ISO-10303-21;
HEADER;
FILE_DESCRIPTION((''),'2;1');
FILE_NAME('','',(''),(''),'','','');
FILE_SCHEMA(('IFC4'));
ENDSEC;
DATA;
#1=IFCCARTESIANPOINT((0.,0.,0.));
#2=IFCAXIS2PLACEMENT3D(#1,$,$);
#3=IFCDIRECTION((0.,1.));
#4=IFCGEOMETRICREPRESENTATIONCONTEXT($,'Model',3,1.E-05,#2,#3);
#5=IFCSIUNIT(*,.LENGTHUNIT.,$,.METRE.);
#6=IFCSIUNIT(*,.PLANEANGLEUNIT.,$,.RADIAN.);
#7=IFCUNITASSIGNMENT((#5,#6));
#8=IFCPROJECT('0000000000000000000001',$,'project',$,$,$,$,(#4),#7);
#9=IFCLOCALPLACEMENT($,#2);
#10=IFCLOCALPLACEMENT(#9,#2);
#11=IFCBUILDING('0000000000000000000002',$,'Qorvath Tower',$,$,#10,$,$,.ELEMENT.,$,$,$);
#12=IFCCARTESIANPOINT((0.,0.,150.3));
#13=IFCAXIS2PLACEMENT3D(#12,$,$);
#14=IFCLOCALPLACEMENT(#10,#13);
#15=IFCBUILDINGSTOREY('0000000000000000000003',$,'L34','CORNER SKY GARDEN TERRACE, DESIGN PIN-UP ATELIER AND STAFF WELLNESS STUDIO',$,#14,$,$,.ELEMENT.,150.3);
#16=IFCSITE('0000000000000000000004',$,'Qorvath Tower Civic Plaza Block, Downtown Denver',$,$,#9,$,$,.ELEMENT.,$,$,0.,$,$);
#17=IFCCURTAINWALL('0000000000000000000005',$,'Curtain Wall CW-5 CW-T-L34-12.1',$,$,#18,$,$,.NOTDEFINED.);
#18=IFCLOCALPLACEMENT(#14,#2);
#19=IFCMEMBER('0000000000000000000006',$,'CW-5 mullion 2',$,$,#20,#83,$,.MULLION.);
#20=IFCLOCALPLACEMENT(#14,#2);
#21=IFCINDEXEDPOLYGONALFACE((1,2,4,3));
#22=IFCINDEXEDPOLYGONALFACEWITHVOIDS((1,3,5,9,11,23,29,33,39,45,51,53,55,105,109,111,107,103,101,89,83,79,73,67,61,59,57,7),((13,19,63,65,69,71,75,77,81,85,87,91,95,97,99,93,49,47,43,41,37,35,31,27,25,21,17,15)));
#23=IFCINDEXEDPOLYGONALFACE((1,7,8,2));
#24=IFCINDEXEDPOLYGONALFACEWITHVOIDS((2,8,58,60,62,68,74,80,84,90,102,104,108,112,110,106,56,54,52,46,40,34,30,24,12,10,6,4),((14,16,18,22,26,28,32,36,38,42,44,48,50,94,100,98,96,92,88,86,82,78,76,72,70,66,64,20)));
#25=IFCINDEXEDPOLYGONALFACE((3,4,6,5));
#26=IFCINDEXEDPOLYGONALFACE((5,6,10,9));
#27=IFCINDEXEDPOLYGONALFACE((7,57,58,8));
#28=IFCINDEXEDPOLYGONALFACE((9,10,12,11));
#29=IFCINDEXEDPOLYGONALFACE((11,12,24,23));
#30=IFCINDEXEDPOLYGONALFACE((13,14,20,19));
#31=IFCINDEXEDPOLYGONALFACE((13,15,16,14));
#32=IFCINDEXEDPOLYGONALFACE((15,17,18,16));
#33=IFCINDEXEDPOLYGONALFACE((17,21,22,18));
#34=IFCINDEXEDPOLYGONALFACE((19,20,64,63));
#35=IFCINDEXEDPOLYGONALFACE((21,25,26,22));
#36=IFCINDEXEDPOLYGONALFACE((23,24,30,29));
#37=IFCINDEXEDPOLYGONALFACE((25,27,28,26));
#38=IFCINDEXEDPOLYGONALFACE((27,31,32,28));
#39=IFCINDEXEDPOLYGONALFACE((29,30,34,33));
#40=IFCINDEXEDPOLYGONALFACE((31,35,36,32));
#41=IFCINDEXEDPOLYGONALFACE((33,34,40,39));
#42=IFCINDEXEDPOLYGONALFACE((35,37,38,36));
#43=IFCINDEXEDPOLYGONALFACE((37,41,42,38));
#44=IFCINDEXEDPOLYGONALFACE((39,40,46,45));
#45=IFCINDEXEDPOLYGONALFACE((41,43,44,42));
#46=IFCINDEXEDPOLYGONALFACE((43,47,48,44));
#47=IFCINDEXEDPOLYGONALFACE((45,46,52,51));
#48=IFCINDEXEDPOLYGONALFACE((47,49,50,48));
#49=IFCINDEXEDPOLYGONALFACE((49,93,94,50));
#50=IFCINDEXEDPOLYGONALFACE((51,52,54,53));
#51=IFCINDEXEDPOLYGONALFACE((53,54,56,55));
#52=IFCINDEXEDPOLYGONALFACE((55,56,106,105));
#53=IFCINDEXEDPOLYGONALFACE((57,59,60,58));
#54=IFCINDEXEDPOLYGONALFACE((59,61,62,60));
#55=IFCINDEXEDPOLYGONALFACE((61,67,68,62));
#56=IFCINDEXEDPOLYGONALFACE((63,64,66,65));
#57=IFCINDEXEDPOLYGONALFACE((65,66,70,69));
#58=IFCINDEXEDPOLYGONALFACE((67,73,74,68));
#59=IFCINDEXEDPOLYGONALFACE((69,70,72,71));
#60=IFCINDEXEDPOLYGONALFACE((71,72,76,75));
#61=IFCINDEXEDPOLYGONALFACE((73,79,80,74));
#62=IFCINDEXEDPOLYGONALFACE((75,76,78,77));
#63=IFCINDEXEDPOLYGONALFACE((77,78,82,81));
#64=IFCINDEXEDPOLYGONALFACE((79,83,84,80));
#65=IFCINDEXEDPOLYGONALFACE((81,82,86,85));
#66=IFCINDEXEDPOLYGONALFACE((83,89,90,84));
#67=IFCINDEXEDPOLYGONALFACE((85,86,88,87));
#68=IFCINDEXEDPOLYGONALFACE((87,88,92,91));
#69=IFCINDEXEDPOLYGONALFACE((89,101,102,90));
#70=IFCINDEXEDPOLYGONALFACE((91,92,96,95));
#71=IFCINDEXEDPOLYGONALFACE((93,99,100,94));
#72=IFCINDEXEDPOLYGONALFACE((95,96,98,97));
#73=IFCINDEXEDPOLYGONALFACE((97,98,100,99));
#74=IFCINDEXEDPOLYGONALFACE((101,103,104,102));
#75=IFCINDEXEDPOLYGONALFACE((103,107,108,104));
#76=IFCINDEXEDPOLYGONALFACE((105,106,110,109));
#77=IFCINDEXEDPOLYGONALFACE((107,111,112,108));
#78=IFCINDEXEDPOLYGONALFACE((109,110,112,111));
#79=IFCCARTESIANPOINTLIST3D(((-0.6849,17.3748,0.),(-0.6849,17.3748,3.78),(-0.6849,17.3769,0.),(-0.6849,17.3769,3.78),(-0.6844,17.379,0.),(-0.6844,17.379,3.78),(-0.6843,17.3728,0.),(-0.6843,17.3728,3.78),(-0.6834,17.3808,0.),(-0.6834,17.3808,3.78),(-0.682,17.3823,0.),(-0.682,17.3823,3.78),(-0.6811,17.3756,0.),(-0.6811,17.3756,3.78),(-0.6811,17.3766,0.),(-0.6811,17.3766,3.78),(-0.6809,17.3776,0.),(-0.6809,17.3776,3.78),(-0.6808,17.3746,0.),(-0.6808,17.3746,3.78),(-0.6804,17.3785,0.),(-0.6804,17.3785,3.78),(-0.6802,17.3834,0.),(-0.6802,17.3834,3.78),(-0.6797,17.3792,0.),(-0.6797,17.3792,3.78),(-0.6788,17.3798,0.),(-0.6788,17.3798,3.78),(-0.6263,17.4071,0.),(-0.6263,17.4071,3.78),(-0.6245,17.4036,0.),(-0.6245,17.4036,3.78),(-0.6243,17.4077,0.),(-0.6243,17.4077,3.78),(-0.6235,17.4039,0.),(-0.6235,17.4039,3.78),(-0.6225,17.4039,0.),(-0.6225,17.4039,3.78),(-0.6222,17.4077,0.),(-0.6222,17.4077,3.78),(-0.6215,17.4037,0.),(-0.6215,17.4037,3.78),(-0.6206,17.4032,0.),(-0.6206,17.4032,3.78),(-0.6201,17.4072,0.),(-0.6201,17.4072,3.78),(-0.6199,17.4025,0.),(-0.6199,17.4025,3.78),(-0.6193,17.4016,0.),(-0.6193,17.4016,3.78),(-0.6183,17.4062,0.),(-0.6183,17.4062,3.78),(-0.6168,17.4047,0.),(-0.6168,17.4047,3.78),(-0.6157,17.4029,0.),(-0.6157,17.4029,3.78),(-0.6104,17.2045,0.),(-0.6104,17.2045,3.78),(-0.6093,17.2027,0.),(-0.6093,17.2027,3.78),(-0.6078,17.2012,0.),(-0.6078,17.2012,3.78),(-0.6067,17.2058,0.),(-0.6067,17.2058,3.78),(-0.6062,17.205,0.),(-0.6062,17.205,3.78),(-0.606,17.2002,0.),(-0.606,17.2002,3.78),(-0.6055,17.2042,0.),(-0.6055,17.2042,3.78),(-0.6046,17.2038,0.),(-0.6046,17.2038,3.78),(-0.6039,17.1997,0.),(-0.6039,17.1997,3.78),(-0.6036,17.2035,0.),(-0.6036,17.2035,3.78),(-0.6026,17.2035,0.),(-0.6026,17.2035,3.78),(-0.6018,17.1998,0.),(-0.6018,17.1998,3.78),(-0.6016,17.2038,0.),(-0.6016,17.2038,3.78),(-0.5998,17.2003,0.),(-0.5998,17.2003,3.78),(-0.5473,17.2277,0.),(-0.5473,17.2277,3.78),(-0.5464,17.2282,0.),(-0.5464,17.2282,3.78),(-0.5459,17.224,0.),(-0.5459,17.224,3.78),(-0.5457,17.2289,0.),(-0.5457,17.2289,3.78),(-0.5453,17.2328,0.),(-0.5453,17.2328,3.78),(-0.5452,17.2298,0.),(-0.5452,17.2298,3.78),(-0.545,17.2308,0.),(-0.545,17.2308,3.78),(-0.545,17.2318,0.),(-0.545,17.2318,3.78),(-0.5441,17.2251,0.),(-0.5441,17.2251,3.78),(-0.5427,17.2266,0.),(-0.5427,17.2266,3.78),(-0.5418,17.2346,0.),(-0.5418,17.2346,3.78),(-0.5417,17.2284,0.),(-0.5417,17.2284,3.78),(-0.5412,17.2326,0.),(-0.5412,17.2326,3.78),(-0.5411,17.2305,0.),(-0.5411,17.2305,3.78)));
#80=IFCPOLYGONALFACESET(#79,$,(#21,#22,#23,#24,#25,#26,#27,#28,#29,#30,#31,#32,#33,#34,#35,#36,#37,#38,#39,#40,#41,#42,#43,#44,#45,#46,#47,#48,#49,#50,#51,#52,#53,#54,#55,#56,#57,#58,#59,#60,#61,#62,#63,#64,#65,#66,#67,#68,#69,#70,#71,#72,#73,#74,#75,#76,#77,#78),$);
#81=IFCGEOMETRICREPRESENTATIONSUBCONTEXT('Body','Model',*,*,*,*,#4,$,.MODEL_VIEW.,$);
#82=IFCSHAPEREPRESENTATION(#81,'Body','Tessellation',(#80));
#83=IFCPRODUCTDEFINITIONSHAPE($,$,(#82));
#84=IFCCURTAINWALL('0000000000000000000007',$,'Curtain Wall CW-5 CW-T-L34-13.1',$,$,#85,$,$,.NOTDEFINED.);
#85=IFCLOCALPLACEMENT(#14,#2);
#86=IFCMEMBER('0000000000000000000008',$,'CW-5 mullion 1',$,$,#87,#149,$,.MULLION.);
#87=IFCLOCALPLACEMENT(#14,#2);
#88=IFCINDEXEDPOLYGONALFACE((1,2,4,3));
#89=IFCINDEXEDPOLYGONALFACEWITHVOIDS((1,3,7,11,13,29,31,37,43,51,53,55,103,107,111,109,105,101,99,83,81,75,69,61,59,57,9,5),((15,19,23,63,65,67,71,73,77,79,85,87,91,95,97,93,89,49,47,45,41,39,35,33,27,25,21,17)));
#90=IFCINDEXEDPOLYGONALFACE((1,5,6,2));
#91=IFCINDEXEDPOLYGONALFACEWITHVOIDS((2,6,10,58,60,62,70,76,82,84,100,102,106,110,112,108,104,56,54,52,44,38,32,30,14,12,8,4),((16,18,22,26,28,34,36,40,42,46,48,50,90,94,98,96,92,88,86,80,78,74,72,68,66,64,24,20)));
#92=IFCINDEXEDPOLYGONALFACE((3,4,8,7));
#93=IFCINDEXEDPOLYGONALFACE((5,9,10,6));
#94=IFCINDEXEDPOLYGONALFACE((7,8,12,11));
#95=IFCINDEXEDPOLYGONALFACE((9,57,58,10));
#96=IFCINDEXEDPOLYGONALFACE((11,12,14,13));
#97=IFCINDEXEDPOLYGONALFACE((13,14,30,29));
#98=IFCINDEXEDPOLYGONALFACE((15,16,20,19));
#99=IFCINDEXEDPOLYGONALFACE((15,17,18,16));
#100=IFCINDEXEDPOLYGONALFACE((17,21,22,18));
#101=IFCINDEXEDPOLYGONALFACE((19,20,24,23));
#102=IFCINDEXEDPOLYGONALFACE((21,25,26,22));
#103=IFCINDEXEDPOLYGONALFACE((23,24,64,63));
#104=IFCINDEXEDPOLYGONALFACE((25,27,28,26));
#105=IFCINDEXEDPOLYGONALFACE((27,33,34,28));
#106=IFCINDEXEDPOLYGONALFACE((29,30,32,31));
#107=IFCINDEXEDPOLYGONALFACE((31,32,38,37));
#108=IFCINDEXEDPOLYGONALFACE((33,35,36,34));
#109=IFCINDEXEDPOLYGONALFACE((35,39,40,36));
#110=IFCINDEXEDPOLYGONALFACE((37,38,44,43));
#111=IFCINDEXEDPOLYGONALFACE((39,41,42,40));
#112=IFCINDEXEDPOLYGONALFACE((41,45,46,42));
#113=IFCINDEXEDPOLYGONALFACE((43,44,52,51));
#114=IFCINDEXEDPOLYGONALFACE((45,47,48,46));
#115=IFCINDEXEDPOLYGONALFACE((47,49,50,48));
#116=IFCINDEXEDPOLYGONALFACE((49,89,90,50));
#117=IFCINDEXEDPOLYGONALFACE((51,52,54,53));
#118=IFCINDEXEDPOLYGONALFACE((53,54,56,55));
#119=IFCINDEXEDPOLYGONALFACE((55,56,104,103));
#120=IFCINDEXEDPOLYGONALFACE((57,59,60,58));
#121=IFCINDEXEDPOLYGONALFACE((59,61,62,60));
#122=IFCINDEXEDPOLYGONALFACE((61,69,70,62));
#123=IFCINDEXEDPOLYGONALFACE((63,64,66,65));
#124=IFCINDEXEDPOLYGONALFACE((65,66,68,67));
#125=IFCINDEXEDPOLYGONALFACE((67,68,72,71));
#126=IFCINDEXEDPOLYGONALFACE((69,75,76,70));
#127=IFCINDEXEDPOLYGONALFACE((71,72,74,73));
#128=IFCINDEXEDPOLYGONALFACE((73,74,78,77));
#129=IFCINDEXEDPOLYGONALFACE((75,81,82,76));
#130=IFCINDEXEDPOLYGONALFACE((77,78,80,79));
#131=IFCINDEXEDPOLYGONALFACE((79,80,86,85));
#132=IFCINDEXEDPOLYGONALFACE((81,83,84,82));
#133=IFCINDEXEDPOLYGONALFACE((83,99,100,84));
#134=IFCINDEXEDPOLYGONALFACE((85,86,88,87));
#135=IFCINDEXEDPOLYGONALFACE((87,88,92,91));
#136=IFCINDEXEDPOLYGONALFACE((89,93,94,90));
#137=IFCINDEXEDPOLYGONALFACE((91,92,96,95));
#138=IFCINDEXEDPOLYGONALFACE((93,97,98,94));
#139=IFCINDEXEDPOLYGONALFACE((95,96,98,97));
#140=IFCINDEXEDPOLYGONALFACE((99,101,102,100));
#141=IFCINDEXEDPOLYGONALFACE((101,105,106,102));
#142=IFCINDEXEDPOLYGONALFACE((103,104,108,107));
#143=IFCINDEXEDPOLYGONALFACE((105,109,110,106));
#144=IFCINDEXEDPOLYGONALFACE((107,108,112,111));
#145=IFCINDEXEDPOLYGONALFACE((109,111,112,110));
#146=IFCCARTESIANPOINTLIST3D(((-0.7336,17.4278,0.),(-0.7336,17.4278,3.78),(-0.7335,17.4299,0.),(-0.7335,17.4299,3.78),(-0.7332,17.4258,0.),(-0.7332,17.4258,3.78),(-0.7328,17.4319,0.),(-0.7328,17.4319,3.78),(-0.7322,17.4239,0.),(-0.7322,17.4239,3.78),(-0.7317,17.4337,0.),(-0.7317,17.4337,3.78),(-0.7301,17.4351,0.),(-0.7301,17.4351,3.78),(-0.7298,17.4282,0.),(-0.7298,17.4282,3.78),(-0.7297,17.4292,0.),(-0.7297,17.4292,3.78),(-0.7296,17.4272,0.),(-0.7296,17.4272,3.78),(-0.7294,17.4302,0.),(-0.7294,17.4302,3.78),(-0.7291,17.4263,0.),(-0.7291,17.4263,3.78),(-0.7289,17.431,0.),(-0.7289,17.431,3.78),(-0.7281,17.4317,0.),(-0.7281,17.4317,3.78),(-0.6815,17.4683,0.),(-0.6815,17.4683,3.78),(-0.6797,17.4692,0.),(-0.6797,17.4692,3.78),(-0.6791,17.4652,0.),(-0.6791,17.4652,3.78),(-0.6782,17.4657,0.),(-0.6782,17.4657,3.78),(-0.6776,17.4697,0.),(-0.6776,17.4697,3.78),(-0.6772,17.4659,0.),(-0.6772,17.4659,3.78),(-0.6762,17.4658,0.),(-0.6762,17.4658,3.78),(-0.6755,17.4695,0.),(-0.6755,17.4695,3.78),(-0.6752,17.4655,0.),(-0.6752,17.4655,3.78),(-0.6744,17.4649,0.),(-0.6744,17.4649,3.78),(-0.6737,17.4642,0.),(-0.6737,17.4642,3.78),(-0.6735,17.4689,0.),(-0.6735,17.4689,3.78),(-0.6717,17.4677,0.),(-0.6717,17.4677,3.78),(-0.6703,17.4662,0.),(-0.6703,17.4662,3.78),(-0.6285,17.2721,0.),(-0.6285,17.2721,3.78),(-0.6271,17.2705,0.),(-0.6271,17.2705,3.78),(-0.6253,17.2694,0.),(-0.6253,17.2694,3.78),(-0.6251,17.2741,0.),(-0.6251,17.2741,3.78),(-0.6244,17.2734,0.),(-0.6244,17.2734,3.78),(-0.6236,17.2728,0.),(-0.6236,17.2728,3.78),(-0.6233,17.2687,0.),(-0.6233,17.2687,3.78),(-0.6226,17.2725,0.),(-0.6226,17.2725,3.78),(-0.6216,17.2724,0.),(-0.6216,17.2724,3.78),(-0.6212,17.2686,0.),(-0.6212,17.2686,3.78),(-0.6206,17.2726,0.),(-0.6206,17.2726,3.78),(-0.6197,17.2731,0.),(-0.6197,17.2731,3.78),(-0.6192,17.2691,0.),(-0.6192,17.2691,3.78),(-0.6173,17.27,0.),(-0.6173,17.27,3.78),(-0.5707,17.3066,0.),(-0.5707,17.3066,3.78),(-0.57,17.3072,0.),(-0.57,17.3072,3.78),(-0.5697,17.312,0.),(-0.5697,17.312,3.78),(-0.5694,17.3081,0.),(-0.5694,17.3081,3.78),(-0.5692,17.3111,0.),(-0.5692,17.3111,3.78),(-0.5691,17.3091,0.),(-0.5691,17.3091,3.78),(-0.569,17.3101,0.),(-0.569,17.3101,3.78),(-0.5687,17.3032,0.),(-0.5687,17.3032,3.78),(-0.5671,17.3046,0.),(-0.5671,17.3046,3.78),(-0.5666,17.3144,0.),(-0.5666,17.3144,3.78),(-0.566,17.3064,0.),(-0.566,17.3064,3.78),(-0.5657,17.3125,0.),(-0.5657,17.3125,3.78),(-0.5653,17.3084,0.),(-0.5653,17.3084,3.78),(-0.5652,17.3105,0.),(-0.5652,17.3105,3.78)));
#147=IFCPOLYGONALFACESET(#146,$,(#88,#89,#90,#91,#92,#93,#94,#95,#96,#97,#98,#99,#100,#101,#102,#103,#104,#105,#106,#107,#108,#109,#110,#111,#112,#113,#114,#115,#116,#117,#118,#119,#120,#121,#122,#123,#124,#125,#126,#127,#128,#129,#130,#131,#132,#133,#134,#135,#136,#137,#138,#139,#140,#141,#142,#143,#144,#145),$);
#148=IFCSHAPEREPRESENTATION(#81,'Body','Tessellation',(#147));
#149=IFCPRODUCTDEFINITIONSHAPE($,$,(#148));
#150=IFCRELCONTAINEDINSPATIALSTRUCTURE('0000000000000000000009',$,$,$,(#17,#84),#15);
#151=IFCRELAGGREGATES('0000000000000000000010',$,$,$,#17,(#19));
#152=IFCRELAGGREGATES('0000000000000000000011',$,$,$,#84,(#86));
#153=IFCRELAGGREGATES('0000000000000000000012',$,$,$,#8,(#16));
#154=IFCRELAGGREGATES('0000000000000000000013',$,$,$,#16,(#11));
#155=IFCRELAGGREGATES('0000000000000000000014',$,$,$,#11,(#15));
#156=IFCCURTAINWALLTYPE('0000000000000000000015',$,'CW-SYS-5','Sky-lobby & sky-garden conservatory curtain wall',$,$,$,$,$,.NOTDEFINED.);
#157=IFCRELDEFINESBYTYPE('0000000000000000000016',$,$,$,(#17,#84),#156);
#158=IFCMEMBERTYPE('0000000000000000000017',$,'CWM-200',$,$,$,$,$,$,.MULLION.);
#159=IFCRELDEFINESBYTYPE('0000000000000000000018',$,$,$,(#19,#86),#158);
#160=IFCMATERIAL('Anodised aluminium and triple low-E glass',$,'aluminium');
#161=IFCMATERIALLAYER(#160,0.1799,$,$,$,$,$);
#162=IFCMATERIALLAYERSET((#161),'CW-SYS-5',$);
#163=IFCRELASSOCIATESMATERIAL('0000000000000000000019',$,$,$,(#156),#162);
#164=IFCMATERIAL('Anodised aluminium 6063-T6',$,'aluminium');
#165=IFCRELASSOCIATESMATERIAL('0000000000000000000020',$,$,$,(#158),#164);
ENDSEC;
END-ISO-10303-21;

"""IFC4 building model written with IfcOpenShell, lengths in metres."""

from ifc_helpers import new_model, si_unit, direction, frame, origin, origin_2d, place, context, subcontext, project, spatial, hollow_rectangle, extrude, material, layer, layer_set, material_profile, profile_set, type_object, element, aggregate, save


model = new_model("IFC4")

# Units and contexts
model_context = context("Model", 3, precision=1e-05, world=origin(), true_north=direction((0.0, 1.0)))
body_context = subcontext(model_context, "Body", "Model", "MODEL_VIEW")
ifc_project = project(units=[si_unit("LENGTHUNIT", "METRE"), si_unit("PLANEANGLEUNIT", "RADIAN")], contexts=[model_context])

# Site, building, storey
site_placement = place(None, origin())
site = spatial("IfcSite", under=ifc_project, at=site_placement, Name="Qorvath Tower Civic Plaza Block, Downtown Denver", CompositionType="ELEMENT", RefElevation=0.0)
building_placement = place(site_placement, origin())
building = spatial("IfcBuilding", under=site, at=building_placement, Name="Qorvath Tower", CompositionType="ELEMENT")
storey_placement = place(building_placement, frame((0.0, 0.0, 150.3)))
storey = spatial("IfcBuildingStorey", under=building, at=storey_placement, Name="L34", Description="CORNER SKY GARDEN TERRACE, DESIGN PIN-UP ATELIER AND STAFF WELLNESS STUDIO", CompositionType="ELEMENT", Elevation=150.3)

# Shared definitions
ifc_material_1 = material(Name="Anodised aluminium and triple low-E glass", Category="aluminium")
ifc_layer_1 = layer(ifc_material_1, 0.1799)
ifc_layer_set_1 = layer_set([ifc_layer_1], Name="CW-SYS-5")
curtain_wall_type = type_object("IfcCurtainWallType", Name="CW-SYS-5", Description="Sky-lobby & sky-garden conservatory curtain wall", PredefinedType="NOTDEFINED", material=ifc_layer_set_1)
ifc_material_2 = material(Name="Anodised aluminium 6063-T6", Category="aluminium")
ifc_material_profile_1 = material_profile(ifc_material_2, hollow_rectangle(XDim=0.075, YDim=0.2, WallThickness=0.0039, InnerFilletRadius=0.0039, OuterFilletRadius=0.0081, at=origin_2d()), Name="CWM 200x75")
ifc_profile_set_1 = profile_set([ifc_material_profile_1], Name="Anodised aluminium 6063-T6")
member_type_1 = type_object("IfcMemberType", Name="CWM-200", PredefinedType="MULLION", material=ifc_profile_set_1)

# Curtain wall, member
curtain_wall_1_placement = place(storey_placement, origin())
curtain_wall_1 = element("IfcCurtainWall", 1, at=curtain_wall_1_placement, inside=storey, type_object=curtain_wall_type, Name="Curtain Wall CW-5 CW-T-L34-12.1", PredefinedType="NOTDEFINED")
member_1_placement = place(storey_placement, frame((-0.613, 17.3037, 0.0), z_axis=(0.0, 0.0, 1.0), x_axis=(-0.915683, -0.401902, 0.0)))
member_1 = element("IfcMember", 2, at=member_1_placement, type_object=member_type_1, Name="CW-5 mullion 2", PredefinedType="MULLION", context=body_context, shape_type="SweptSolid", body=[
    extrude(hollow_rectangle(XDim=0.075, YDim=0.2, WallThickness=0.0039, InnerFilletRadius=0.0039, OuterFilletRadius=0.0081, at=origin_2d()), origin(), (0.0, 0.0, 1.0), 3.78),
])

# Curtain wall, member
curtain_wall_2_placement = place(storey_placement, origin())
curtain_wall_2 = element("IfcCurtainWall", 3, at=curtain_wall_2_placement, inside=storey, type_object=curtain_wall_type, Name="Curtain Wall CW-5 CW-T-L34-13.1", PredefinedType="NOTDEFINED")
member_2_placement = place(storey_placement, frame((-0.6494, 17.3691, 0.0), z_axis=(0.0, 0.0, 1.0), x_axis=(-0.825581, -0.564284, 0.0)))
member_2 = element("IfcMember", 4, at=member_2_placement, type_object=member_type_1, Name="CW-5 mullion 1", PredefinedType="MULLION", context=body_context, shape_type="SweptSolid", body=[
    extrude(hollow_rectangle(XDim=0.075, YDim=0.2, WallThickness=0.0039, InnerFilletRadius=0.0039, OuterFilletRadius=0.0081, at=origin_2d()), origin(), (0.0, 0.0, 1.0), 3.78),
])

aggregate(curtain_wall_1, [member_1])
aggregate(curtain_wall_2, [member_2])

save(model, "model.ifc")
